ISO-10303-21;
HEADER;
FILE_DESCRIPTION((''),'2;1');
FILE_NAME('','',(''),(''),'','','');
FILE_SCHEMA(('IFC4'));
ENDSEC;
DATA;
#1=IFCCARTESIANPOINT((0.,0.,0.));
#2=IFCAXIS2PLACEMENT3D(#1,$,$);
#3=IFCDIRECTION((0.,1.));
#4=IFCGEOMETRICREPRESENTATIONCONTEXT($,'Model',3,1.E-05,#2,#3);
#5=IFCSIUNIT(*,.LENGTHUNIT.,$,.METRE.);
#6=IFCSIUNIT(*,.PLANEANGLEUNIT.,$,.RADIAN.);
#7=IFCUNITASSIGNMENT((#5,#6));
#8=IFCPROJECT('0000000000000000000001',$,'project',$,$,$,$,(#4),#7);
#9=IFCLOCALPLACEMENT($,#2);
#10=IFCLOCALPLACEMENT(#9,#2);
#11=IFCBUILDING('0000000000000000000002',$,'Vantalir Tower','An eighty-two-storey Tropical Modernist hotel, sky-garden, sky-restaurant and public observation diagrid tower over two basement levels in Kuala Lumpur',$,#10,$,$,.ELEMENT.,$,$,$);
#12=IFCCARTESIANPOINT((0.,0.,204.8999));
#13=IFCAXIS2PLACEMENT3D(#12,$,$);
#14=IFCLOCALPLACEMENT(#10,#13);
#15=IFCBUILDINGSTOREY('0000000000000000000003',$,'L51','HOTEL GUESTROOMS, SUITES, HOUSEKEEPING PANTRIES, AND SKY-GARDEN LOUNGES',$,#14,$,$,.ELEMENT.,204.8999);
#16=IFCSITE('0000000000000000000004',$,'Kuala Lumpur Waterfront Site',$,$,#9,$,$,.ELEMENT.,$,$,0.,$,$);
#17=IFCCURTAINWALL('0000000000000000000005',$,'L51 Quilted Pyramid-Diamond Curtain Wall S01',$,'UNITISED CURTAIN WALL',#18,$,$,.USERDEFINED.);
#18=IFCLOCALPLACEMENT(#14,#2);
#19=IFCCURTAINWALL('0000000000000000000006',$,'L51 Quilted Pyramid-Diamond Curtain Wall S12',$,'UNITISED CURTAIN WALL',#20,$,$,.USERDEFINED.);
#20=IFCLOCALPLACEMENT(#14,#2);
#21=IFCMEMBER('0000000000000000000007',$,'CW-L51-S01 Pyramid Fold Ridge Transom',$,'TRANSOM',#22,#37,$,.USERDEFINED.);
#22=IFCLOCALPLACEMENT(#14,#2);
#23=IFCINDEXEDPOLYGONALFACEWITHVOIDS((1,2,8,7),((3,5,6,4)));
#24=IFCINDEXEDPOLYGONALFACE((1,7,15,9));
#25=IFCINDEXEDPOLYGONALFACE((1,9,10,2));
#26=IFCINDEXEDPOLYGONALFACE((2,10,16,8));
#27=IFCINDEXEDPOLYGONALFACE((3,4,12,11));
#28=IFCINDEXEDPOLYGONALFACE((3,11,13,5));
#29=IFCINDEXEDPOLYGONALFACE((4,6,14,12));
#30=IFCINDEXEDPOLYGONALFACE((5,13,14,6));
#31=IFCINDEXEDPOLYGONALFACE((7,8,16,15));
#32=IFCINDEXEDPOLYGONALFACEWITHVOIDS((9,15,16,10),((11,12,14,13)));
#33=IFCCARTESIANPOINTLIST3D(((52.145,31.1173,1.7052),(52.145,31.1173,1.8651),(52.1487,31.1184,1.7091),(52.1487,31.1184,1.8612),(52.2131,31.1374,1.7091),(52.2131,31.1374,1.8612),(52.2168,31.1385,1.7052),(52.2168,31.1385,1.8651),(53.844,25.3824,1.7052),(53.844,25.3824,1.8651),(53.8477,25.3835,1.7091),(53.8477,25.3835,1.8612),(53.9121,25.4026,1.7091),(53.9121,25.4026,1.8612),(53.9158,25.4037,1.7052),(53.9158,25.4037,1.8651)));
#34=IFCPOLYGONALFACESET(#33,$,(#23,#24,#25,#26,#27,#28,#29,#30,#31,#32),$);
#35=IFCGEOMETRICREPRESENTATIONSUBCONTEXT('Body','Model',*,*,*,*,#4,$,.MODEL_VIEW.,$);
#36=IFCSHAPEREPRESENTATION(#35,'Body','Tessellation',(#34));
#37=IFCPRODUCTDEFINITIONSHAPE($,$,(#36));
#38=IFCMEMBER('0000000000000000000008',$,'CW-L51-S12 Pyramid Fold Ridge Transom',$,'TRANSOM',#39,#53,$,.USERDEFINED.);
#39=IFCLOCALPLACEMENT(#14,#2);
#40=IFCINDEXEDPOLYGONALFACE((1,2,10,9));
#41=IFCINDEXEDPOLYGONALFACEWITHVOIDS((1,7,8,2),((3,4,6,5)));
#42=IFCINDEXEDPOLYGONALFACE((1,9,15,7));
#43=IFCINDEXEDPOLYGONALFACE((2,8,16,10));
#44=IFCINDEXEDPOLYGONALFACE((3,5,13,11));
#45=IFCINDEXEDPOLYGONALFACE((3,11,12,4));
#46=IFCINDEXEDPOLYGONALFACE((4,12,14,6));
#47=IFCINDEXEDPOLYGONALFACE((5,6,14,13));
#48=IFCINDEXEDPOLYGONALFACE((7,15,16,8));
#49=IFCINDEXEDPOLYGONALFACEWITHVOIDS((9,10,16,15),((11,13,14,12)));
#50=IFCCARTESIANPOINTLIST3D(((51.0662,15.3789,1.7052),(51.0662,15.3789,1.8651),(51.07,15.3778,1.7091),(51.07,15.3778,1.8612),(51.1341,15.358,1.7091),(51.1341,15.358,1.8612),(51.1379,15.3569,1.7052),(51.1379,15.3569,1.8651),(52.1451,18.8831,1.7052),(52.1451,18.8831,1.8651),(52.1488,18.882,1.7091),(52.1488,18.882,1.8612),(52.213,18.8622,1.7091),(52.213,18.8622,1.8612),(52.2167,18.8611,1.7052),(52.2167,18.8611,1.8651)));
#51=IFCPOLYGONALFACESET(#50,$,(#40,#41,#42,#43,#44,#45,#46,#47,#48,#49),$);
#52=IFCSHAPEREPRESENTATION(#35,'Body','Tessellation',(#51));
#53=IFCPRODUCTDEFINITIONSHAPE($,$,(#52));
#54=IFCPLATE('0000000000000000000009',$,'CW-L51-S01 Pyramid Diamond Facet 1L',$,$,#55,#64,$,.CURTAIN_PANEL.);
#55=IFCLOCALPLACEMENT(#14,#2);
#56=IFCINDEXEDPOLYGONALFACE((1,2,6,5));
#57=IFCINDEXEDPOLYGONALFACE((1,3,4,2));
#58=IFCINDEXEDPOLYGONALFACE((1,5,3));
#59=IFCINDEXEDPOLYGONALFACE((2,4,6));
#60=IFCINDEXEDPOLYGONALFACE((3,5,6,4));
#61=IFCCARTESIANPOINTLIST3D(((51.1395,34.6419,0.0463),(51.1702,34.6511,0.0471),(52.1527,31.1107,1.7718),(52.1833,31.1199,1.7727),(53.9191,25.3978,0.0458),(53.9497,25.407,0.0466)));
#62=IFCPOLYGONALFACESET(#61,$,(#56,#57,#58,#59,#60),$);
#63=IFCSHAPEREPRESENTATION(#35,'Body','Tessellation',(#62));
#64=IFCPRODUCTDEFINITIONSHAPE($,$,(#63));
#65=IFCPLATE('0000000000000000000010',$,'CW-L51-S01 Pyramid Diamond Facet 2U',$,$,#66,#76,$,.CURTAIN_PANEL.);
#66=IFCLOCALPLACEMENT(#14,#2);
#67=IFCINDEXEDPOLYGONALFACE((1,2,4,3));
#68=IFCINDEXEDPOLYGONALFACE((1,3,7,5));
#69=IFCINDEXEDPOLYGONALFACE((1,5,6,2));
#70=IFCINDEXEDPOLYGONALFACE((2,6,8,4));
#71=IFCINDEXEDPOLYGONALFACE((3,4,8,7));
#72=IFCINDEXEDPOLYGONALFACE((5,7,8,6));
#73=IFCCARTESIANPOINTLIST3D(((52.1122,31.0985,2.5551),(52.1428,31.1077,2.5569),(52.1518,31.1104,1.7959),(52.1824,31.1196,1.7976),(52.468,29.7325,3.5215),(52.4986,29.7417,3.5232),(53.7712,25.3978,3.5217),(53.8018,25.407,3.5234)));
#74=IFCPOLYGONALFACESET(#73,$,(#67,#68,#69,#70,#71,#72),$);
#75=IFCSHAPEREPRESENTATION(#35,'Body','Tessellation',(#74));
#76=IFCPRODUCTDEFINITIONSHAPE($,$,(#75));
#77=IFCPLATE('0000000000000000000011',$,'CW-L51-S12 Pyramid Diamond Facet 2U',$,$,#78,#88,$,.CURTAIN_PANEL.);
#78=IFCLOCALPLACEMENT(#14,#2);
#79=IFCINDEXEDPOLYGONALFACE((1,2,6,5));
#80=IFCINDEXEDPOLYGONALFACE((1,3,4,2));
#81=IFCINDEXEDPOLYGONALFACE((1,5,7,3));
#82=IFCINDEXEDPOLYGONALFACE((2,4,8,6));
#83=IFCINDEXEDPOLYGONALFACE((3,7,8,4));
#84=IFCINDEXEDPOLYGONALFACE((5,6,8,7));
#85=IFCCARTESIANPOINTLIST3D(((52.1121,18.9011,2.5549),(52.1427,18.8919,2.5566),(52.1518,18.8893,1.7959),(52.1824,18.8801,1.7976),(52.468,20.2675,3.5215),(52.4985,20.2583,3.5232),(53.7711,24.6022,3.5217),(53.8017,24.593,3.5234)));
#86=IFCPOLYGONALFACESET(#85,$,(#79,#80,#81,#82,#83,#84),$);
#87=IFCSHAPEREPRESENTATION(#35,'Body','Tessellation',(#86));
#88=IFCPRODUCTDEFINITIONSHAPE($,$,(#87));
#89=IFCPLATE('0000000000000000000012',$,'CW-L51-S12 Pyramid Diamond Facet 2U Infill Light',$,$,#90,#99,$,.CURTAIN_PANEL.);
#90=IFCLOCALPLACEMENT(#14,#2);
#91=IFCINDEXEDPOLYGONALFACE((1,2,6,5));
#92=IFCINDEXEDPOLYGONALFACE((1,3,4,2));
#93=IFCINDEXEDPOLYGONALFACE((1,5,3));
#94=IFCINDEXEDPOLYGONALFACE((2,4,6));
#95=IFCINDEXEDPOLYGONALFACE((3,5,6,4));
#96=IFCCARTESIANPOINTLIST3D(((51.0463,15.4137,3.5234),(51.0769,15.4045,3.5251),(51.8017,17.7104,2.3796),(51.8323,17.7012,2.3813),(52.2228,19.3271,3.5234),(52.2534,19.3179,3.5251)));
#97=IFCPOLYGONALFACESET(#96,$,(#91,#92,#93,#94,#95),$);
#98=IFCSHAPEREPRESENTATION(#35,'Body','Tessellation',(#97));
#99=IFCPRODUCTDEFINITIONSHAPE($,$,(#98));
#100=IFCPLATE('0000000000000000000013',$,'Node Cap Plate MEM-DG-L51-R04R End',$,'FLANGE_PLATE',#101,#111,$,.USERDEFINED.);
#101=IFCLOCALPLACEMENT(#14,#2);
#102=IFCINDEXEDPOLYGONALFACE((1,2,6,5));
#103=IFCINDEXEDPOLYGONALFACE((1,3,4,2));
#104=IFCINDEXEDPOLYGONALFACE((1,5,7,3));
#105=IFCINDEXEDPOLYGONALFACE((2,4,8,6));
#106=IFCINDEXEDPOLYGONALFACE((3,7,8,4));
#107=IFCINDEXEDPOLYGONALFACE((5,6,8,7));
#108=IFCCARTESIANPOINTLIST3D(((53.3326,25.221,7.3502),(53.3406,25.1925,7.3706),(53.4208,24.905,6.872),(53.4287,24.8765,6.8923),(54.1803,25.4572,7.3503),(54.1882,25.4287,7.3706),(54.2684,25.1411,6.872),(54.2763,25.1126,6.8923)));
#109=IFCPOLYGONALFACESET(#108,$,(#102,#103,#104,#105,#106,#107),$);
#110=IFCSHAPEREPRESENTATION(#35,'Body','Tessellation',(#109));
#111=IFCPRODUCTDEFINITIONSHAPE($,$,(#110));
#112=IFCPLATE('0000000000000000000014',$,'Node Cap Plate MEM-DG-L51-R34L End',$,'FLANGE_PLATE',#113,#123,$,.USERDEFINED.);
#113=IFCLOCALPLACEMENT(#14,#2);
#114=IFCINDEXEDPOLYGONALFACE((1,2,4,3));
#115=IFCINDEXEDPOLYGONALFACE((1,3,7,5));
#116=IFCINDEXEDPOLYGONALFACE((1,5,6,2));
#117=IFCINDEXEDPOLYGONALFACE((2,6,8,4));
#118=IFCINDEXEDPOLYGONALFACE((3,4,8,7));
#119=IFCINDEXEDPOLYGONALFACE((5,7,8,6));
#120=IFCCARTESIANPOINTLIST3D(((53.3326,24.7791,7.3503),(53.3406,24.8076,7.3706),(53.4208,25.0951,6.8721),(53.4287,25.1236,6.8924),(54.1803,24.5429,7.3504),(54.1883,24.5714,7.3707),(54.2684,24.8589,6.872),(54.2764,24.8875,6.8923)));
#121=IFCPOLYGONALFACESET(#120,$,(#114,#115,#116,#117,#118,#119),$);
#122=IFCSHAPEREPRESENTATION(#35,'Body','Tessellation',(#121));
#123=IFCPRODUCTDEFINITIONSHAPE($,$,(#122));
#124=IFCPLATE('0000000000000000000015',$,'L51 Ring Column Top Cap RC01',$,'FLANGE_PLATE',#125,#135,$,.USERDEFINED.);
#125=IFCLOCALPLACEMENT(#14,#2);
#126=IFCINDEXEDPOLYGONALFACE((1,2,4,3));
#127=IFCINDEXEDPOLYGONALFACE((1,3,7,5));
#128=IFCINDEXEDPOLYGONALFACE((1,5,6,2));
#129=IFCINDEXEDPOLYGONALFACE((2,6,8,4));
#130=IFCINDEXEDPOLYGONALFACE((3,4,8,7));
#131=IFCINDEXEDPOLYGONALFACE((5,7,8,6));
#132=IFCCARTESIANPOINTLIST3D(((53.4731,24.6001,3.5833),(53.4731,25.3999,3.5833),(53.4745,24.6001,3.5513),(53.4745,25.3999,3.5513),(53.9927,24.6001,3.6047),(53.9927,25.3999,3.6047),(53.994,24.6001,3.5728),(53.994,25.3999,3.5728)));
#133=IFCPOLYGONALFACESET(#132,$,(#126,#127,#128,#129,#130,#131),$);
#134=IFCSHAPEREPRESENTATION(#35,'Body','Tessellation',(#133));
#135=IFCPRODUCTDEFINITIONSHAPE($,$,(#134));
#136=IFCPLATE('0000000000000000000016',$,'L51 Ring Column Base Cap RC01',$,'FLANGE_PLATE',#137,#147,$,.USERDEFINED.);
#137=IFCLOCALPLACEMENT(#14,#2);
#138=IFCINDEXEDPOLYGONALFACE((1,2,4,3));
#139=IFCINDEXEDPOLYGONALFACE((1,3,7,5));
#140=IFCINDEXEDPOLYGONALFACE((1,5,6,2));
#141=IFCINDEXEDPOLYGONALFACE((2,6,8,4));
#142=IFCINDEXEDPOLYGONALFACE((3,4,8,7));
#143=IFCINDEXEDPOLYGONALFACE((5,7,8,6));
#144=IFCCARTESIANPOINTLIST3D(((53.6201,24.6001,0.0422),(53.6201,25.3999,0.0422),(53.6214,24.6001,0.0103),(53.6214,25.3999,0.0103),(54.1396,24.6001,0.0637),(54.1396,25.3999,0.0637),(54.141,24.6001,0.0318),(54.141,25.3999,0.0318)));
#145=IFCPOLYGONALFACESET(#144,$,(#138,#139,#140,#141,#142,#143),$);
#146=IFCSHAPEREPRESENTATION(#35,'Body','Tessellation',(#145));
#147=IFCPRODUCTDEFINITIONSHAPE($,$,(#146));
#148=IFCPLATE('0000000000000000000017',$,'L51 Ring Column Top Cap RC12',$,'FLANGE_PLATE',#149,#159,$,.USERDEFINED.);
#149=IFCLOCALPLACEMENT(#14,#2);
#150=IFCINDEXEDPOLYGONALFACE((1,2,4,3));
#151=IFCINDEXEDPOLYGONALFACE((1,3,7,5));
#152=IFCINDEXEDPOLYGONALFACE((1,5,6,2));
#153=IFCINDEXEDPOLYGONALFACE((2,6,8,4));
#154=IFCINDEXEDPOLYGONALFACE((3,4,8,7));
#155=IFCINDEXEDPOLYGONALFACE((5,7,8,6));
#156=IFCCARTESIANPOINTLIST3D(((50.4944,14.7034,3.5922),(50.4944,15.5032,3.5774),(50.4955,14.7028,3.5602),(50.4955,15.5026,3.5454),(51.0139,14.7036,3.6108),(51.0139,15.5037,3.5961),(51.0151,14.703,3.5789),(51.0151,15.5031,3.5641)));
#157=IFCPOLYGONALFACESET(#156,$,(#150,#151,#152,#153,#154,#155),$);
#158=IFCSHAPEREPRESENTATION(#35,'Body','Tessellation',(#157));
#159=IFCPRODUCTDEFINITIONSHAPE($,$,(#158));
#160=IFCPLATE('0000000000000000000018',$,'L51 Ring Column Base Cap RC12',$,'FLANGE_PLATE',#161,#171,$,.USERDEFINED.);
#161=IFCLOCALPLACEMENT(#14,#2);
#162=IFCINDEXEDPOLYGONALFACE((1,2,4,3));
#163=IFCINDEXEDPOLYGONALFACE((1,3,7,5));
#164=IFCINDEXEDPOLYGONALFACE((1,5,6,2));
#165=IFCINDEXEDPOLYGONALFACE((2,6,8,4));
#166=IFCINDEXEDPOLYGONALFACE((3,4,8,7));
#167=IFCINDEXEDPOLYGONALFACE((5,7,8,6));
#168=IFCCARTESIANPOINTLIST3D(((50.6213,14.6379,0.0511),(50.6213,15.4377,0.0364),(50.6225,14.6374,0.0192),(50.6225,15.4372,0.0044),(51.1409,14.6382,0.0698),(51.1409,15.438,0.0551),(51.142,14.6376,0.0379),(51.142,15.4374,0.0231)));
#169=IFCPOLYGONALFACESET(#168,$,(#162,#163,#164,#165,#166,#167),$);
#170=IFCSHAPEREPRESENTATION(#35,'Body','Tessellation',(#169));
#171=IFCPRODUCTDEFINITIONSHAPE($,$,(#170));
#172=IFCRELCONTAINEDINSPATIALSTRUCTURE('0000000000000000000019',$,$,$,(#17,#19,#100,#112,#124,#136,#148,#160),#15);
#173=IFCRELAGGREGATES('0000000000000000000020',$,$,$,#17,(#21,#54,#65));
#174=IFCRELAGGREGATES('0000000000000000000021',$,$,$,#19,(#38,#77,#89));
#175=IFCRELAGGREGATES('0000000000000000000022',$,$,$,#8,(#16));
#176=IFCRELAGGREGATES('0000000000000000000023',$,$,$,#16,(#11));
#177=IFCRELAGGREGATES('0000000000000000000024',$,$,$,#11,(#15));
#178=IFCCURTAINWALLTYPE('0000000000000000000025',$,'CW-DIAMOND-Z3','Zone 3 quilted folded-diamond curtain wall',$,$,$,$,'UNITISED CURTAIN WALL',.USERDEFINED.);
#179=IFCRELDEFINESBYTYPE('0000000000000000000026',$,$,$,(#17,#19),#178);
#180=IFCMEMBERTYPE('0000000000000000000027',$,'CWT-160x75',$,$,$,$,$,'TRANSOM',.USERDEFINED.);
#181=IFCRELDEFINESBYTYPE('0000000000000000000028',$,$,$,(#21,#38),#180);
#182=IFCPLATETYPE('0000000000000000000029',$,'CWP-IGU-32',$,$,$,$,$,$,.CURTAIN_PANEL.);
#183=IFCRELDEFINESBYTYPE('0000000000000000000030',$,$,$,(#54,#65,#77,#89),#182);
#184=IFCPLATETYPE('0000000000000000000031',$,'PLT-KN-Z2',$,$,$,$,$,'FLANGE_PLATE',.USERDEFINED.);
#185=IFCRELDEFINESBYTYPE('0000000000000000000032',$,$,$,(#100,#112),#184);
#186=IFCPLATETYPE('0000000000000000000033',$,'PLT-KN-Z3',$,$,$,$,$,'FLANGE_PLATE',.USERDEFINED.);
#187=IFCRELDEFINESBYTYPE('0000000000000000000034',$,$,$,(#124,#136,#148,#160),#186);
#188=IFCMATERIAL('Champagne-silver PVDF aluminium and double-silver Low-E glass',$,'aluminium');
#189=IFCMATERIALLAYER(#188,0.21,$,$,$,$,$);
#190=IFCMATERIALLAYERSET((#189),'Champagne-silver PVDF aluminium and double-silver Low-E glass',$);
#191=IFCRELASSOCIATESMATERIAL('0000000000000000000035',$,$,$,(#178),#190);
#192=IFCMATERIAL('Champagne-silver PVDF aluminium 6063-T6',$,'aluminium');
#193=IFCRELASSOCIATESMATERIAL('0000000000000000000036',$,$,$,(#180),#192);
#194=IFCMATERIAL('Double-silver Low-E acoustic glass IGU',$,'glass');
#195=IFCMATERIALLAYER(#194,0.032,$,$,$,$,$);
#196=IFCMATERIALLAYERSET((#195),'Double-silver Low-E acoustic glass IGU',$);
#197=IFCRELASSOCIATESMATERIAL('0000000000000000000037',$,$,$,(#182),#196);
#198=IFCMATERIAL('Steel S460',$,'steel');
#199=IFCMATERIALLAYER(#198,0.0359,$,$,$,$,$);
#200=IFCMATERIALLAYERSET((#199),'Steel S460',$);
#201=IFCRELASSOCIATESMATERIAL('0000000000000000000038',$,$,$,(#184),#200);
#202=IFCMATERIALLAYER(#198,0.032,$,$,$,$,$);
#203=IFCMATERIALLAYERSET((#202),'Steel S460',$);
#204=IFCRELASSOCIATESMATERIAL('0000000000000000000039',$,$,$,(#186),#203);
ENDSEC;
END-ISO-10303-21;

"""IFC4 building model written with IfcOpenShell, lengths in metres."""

from ifc_helpers import new_model, si_unit, direction, frame, origin, origin_2d, place, context, subcontext, project, spatial, polyline, hollow_rectangle, outline, extrude, material, layer, layer_set, material_profile, profile_set, type_object, element, aggregate, save


model = new_model("IFC4")

# Units and contexts
model_context = context("Model", 3, precision=1e-05, world=origin(), true_north=direction((0.0, 1.0)))
body_context = subcontext(model_context, "Body", "Model", "MODEL_VIEW")
ifc_project = project(units=[si_unit("LENGTHUNIT", "METRE"), si_unit("PLANEANGLEUNIT", "RADIAN")], contexts=[model_context])

# Site, building, storey
site_placement = place(None, origin())
site = spatial("IfcSite", under=ifc_project, at=site_placement, Name="Kuala Lumpur Waterfront Site", CompositionType="ELEMENT", RefElevation=0.0)
building_placement = place(site_placement, origin())
building = spatial("IfcBuilding", under=site, at=building_placement, Name="Vantalir Tower", Description="An eighty-two-storey Tropical Modernist hotel, sky-garden, sky-restaurant and public observation diagrid tower over two basement levels in Kuala Lumpur", CompositionType="ELEMENT")
storey_placement = place(building_placement, frame((0.0, 0.0, 204.8999)))
storey = spatial("IfcBuildingStorey", under=building, at=storey_placement, Name="L51", Description="HOTEL GUESTROOMS, SUITES, HOUSEKEEPING PANTRIES, AND SKY-GARDEN LOUNGES", CompositionType="ELEMENT", Elevation=204.8999)

# Shared definitions
ifc_material_1 = material(Name="Steel S460", Category="steel")

# Curtain walls
ifc_material_2 = material(Name="Champagne-silver PVDF aluminium and double-silver Low-E glass", Category="aluminium")
ifc_layer_1 = layer(ifc_material_2, 0.21)
ifc_layer_set_1 = layer_set([ifc_layer_1], Name="Champagne-silver PVDF aluminium and double-silver Low-E glass")
curtain_wall_type = type_object("IfcCurtainWallType", Name="CW-DIAMOND-Z3", Description="Zone 3 quilted folded-diamond curtain wall", ElementType="UNITISED CURTAIN WALL", PredefinedType="USERDEFINED", material=ifc_layer_set_1)
curtain_wall_1_placement = place(storey_placement, origin())
curtain_wall_1 = element("IfcCurtainWall", 1, at=curtain_wall_1_placement, inside=storey, type_object=curtain_wall_type, Name="L51 Quilted Pyramid-Diamond Curtain Wall S01", ObjectType="UNITISED CURTAIN WALL", PredefinedType="USERDEFINED")
ifc_material_3 = material(Name="Champagne-silver PVDF aluminium 6063-T6", Category="aluminium")
curtain_wall_2_placement = place(storey_placement, origin())
curtain_wall_2 = element("IfcCurtainWall", 2, at=curtain_wall_2_placement, inside=storey, type_object=curtain_wall_type, Name="L51 Quilted Pyramid-Diamond Curtain Wall S12", ObjectType="UNITISED CURTAIN WALL", PredefinedType="USERDEFINED")

# Members
ifc_material_profile_1 = material_profile(ifc_material_3, hollow_rectangle(XDim=0.075, YDim=0.1599, WallThickness=0.0039, at=origin_2d()), Name="Champagne-silver PVDF aluminium 6063-T6")
ifc_profile_set_1 = profile_set([ifc_material_profile_1], Name="Champagne-silver PVDF aluminium 6063-T6")
member_type_1 = type_object("IfcMemberType", Name="CWT-160x75", ElementType="TRANSOM", PredefinedType="USERDEFINED", material=ifc_profile_set_1)
member_1_placement = place(storey_placement, frame((53.8799, 25.3931, 1.7852), z_axis=(-0.284051, 0.958809, 0.0), x_axis=(-0.958809, -0.284051, 0.0)))
member_1 = element("IfcMember", 3, at=member_1_placement, type_object=member_type_1, Name="CW-L51-S01 Pyramid Fold Ridge Transom", ObjectType="TRANSOM", PredefinedType="USERDEFINED", context=body_context, shape_type="SweptSolid", body=[
    extrude(hollow_rectangle(XDim=0.075, YDim=0.1599, WallThickness=0.0039, at=origin_2d()), origin(), (0.0, 0.0, 1.0), 5.9812),
])
member_2_placement = place(storey_placement, frame((51.1021, 15.3679, 1.7852), z_axis=(0.29425, 0.955729, 0.0), x_axis=(-0.955729, 0.29425, 0.0)))
member_2 = element("IfcMember", 4, at=member_2_placement, type_object=member_type_1, Name="CW-L51-S12 Pyramid Fold Ridge Transom", ObjectType="TRANSOM", PredefinedType="USERDEFINED", context=body_context, shape_type="SweptSolid", body=[
    extrude(hollow_rectangle(XDim=0.075, YDim=0.1599, WallThickness=0.0039, at=origin_2d()), origin(), (0.0, 0.0, 1.0), 3.6665),
])

# Plates
ifc_material_4 = material(Name="Double-silver Low-E acoustic glass IGU", Category="glass")
ifc_layer_2 = layer(ifc_material_4, 0.032)
ifc_layer_set_2 = layer_set([ifc_layer_2], Name="Double-silver Low-E acoustic glass IGU")
plate_type_1 = type_object("IfcPlateType", Name="CWP-IGU-32", PredefinedType="CURTAIN_PANEL", material=ifc_layer_set_2)
plate_1_placement = place(storey_placement, frame((53.9497, 25.407, 0.0466), z_axis=(0.957299, 0.287841, 0.026957), x_axis=(-0.287946, 0.957647, 0.000051)))
plate_1 = element("IfcPlate", 5, at=plate_1_placement, type_object=plate_type_1, Name="CW-L51-S01 Pyramid Diamond Facet 1L", PredefinedType="CURTAIN_PANEL", context=body_context, shape_type="SweptSolid", body=[
    extrude(outline(polyline([(0.0, 0.0), (9.653, 0.0), (5.9796, 1.7264), (0.0, 0.0)])), origin(), (0.0, 0.0, -1.0), 0.032),
])
plate_2_placement = place(storey_placement, frame((53.8018, 25.407, 3.5234), z_axis=(0.95624, 0.28749, 0.054366), x_axis=(-0.287913, 0.957657, -0.000054)))
plate_2 = element("IfcPlate", 6, at=plate_2_placement, type_object=plate_type_1, Name="CW-L51-S01 Pyramid Diamond Facet 2U", PredefinedType="CURTAIN_PANEL", context=body_context, shape_type="SweptSolid", body=[
    extrude(outline(polyline([(0.0, 0.0), (4.5264, 0.0), (5.937, -0.9677), (5.9371, -1.7281), (0.0, 0.0)])), origin(), (0.0, 0.0, -1.0), 0.032),
])
aggregate(curtain_wall_1, [member_1, plate_1, plate_2])
plate_3_placement = place(storey_placement, frame((52.4985, 20.2583, 3.5232), z_axis=(0.956243, -0.287473, 0.054393), x_axis=(0.287896, 0.957662, 0.000053)))
plate_3 = element("IfcPlate", 7, at=plate_3_placement, type_object=plate_type_1, Name="CW-L51-S12 Pyramid Diamond Facet 2U", PredefinedType="CURTAIN_PANEL", context=body_context, shape_type="SweptSolid", body=[
    extrude(outline(polyline([(0.0, 0.0), (4.5264, 0.0), (-1.4109, -1.7281), (-1.4111, -0.9679), (0.0, 0.0)])), origin(), (0.0, 0.0, -1.0), 0.032),
])
plate_4_placement = place(storey_placement, frame((51.0769, 15.4045, 3.5251), z_axis=(0.956246, -0.287488, 0.054263), x_axis=(0.287912, 0.957657, 0.0)))
plate_4 = element("IfcPlate", 8, at=plate_4_placement, type_object=plate_type_1, Name="CW-L51-S12 Pyramid Diamond Facet 2U Infill Light", PredefinedType="CURTAIN_PANEL", context=body_context, shape_type="SweptSolid", body=[
    extrude(outline(polyline([(0.0, 0.0), (4.0864, 0.0), (2.4169, -1.1455), (0.0, 0.0)])), origin(), (0.0, 0.0, -1.0), 0.032),
])
aggregate(curtain_wall_2, [member_2, plate_3, plate_4])

# Plates
ifc_layer_3 = layer(ifc_material_1, 0.0359)
ifc_layer_set_3 = layer_set([ifc_layer_3], Name="Steel S460")
plate_type_2 = type_object("IfcPlateType", Name="PLT-KN-Z2", ElementType="FLANGE_PLATE", PredefinedType="USERDEFINED", material=ifc_layer_set_3)
plate_5_placement = place(storey_placement, frame((53.4287, 24.8765, 6.8923), z_axis=(0.221352, -0.794351, 0.565694), x_axis=(0.96331, 0.26839, -0.000062)))
element("IfcPlate", 9, at=plate_5_placement, inside=storey, type_object=plate_type_2, Name="Node Cap Plate MEM-DG-L51-R04R End", ObjectType="FLANGE_PLATE", PredefinedType="USERDEFINED", context=body_context, shape_type="SweptSolid", body=[
    extrude(outline(polyline([(0.0, 0.0), (0.8799, 0.0), (0.8798, 0.5801), (-0.0001, 0.5799), (0.0, 0.0)])), origin(), (0.0, 0.0, -1.0), 0.0359),
])
plate_6_placement = place(storey_placement, frame((54.2764, 24.8875, 6.8923), z_axis=(0.221352, 0.794351, 0.565694), x_axis=(-0.96331, 0.26839, 0.000062)))
element("IfcPlate", 10, at=plate_6_placement, inside=storey, type_object=plate_type_2, Name="Node Cap Plate MEM-DG-L51-R34L End", ObjectType="FLANGE_PLATE", PredefinedType="USERDEFINED", context=body_context, shape_type="SweptSolid", body=[
    extrude(outline(polyline([(0.0, 0.0), (0.8799, 0.0), (0.8801, 0.5799), (0.0001, 0.5801), (0.0, 0.0)])), origin(), (0.0, 0.0, -1.0), 0.0359),
])
ifc_layer_4 = layer(ifc_material_1, 0.032)
ifc_layer_set_4 = layer_set([ifc_layer_4], Name="Steel S460")
plate_type_3 = type_object("IfcPlateType", Name="PLT-KN-Z3", ElementType="FLANGE_PLATE", PredefinedType="USERDEFINED", material=ifc_layer_set_4)
for number, where, z_axis, x_axis, name in (
    (11, (53.4731, 25.3999, 3.5833), (-0.041318, 0.0, 0.999146), (0.0, -1.0, 0.0), "L51 Ring Column Top Cap RC01"),
    (12, (53.6201, 25.3999, 0.0422), (-0.041318, 0.0, 0.999146), (0.0, -1.0, 0.0), "L51 Ring Column Base Cap RC01"),
):
    element("IfcPlate", number, at=place(storey_placement, frame(where, z_axis=z_axis, x_axis=x_axis)), inside=storey, type_object=plate_type_3, Name=name, ObjectType="FLANGE_PLATE", PredefinedType="USERDEFINED", context=body_context, shape_type="SweptSolid", body=[
        extrude(outline(polyline([(0.0, 0.0), (0.7998, 0.0), (0.7998, 0.52), (0.0, 0.52), (0.0, 0.0)])), origin(), (0.0, 0.0, -1.0), 0.032),
    ])
plate_7_placement = place(storey_placement, frame((50.4944, 15.5032, 3.5774), z_axis=(-0.035933, 0.01845, 0.999184), x_axis=(-0.000005, -0.99983, 0.018461)))
element("IfcPlate", 13, at=plate_7_placement, inside=storey, type_object=plate_type_3, Name="L51 Ring Column Top Cap RC12", ObjectType="FLANGE_PLATE", PredefinedType="USERDEFINED", context=body_context, shape_type="SweptSolid", body=[
    extrude(outline(polyline([(0.0, 0.0), (0.7999, 0.0), (0.8, 0.5199), (-0.0001, 0.5199), (0.0, 0.0)])), origin(), (0.0, 0.0, -1.0), 0.032),
])
plate_8_placement = place(storey_placement, frame((50.6213, 15.4377, 0.0364), z_axis=(-0.035929, 0.018453, 0.999184), x_axis=(-0.000005, -0.99983, 0.018464)))
element("IfcPlate", 14, at=plate_8_placement, inside=storey, type_object=plate_type_3, Name="L51 Ring Column Base Cap RC12", ObjectType="FLANGE_PLATE", PredefinedType="USERDEFINED", context=body_context, shape_type="SweptSolid", body=[
    extrude(outline(polyline([(0.0, 0.0), (0.7999, 0.0), (0.8, 0.5199), (0.0001, 0.5199), (0.0, 0.0)])), origin(), (0.0, 0.0, -1.0), 0.032),
])

save(model, "model.ifc")
